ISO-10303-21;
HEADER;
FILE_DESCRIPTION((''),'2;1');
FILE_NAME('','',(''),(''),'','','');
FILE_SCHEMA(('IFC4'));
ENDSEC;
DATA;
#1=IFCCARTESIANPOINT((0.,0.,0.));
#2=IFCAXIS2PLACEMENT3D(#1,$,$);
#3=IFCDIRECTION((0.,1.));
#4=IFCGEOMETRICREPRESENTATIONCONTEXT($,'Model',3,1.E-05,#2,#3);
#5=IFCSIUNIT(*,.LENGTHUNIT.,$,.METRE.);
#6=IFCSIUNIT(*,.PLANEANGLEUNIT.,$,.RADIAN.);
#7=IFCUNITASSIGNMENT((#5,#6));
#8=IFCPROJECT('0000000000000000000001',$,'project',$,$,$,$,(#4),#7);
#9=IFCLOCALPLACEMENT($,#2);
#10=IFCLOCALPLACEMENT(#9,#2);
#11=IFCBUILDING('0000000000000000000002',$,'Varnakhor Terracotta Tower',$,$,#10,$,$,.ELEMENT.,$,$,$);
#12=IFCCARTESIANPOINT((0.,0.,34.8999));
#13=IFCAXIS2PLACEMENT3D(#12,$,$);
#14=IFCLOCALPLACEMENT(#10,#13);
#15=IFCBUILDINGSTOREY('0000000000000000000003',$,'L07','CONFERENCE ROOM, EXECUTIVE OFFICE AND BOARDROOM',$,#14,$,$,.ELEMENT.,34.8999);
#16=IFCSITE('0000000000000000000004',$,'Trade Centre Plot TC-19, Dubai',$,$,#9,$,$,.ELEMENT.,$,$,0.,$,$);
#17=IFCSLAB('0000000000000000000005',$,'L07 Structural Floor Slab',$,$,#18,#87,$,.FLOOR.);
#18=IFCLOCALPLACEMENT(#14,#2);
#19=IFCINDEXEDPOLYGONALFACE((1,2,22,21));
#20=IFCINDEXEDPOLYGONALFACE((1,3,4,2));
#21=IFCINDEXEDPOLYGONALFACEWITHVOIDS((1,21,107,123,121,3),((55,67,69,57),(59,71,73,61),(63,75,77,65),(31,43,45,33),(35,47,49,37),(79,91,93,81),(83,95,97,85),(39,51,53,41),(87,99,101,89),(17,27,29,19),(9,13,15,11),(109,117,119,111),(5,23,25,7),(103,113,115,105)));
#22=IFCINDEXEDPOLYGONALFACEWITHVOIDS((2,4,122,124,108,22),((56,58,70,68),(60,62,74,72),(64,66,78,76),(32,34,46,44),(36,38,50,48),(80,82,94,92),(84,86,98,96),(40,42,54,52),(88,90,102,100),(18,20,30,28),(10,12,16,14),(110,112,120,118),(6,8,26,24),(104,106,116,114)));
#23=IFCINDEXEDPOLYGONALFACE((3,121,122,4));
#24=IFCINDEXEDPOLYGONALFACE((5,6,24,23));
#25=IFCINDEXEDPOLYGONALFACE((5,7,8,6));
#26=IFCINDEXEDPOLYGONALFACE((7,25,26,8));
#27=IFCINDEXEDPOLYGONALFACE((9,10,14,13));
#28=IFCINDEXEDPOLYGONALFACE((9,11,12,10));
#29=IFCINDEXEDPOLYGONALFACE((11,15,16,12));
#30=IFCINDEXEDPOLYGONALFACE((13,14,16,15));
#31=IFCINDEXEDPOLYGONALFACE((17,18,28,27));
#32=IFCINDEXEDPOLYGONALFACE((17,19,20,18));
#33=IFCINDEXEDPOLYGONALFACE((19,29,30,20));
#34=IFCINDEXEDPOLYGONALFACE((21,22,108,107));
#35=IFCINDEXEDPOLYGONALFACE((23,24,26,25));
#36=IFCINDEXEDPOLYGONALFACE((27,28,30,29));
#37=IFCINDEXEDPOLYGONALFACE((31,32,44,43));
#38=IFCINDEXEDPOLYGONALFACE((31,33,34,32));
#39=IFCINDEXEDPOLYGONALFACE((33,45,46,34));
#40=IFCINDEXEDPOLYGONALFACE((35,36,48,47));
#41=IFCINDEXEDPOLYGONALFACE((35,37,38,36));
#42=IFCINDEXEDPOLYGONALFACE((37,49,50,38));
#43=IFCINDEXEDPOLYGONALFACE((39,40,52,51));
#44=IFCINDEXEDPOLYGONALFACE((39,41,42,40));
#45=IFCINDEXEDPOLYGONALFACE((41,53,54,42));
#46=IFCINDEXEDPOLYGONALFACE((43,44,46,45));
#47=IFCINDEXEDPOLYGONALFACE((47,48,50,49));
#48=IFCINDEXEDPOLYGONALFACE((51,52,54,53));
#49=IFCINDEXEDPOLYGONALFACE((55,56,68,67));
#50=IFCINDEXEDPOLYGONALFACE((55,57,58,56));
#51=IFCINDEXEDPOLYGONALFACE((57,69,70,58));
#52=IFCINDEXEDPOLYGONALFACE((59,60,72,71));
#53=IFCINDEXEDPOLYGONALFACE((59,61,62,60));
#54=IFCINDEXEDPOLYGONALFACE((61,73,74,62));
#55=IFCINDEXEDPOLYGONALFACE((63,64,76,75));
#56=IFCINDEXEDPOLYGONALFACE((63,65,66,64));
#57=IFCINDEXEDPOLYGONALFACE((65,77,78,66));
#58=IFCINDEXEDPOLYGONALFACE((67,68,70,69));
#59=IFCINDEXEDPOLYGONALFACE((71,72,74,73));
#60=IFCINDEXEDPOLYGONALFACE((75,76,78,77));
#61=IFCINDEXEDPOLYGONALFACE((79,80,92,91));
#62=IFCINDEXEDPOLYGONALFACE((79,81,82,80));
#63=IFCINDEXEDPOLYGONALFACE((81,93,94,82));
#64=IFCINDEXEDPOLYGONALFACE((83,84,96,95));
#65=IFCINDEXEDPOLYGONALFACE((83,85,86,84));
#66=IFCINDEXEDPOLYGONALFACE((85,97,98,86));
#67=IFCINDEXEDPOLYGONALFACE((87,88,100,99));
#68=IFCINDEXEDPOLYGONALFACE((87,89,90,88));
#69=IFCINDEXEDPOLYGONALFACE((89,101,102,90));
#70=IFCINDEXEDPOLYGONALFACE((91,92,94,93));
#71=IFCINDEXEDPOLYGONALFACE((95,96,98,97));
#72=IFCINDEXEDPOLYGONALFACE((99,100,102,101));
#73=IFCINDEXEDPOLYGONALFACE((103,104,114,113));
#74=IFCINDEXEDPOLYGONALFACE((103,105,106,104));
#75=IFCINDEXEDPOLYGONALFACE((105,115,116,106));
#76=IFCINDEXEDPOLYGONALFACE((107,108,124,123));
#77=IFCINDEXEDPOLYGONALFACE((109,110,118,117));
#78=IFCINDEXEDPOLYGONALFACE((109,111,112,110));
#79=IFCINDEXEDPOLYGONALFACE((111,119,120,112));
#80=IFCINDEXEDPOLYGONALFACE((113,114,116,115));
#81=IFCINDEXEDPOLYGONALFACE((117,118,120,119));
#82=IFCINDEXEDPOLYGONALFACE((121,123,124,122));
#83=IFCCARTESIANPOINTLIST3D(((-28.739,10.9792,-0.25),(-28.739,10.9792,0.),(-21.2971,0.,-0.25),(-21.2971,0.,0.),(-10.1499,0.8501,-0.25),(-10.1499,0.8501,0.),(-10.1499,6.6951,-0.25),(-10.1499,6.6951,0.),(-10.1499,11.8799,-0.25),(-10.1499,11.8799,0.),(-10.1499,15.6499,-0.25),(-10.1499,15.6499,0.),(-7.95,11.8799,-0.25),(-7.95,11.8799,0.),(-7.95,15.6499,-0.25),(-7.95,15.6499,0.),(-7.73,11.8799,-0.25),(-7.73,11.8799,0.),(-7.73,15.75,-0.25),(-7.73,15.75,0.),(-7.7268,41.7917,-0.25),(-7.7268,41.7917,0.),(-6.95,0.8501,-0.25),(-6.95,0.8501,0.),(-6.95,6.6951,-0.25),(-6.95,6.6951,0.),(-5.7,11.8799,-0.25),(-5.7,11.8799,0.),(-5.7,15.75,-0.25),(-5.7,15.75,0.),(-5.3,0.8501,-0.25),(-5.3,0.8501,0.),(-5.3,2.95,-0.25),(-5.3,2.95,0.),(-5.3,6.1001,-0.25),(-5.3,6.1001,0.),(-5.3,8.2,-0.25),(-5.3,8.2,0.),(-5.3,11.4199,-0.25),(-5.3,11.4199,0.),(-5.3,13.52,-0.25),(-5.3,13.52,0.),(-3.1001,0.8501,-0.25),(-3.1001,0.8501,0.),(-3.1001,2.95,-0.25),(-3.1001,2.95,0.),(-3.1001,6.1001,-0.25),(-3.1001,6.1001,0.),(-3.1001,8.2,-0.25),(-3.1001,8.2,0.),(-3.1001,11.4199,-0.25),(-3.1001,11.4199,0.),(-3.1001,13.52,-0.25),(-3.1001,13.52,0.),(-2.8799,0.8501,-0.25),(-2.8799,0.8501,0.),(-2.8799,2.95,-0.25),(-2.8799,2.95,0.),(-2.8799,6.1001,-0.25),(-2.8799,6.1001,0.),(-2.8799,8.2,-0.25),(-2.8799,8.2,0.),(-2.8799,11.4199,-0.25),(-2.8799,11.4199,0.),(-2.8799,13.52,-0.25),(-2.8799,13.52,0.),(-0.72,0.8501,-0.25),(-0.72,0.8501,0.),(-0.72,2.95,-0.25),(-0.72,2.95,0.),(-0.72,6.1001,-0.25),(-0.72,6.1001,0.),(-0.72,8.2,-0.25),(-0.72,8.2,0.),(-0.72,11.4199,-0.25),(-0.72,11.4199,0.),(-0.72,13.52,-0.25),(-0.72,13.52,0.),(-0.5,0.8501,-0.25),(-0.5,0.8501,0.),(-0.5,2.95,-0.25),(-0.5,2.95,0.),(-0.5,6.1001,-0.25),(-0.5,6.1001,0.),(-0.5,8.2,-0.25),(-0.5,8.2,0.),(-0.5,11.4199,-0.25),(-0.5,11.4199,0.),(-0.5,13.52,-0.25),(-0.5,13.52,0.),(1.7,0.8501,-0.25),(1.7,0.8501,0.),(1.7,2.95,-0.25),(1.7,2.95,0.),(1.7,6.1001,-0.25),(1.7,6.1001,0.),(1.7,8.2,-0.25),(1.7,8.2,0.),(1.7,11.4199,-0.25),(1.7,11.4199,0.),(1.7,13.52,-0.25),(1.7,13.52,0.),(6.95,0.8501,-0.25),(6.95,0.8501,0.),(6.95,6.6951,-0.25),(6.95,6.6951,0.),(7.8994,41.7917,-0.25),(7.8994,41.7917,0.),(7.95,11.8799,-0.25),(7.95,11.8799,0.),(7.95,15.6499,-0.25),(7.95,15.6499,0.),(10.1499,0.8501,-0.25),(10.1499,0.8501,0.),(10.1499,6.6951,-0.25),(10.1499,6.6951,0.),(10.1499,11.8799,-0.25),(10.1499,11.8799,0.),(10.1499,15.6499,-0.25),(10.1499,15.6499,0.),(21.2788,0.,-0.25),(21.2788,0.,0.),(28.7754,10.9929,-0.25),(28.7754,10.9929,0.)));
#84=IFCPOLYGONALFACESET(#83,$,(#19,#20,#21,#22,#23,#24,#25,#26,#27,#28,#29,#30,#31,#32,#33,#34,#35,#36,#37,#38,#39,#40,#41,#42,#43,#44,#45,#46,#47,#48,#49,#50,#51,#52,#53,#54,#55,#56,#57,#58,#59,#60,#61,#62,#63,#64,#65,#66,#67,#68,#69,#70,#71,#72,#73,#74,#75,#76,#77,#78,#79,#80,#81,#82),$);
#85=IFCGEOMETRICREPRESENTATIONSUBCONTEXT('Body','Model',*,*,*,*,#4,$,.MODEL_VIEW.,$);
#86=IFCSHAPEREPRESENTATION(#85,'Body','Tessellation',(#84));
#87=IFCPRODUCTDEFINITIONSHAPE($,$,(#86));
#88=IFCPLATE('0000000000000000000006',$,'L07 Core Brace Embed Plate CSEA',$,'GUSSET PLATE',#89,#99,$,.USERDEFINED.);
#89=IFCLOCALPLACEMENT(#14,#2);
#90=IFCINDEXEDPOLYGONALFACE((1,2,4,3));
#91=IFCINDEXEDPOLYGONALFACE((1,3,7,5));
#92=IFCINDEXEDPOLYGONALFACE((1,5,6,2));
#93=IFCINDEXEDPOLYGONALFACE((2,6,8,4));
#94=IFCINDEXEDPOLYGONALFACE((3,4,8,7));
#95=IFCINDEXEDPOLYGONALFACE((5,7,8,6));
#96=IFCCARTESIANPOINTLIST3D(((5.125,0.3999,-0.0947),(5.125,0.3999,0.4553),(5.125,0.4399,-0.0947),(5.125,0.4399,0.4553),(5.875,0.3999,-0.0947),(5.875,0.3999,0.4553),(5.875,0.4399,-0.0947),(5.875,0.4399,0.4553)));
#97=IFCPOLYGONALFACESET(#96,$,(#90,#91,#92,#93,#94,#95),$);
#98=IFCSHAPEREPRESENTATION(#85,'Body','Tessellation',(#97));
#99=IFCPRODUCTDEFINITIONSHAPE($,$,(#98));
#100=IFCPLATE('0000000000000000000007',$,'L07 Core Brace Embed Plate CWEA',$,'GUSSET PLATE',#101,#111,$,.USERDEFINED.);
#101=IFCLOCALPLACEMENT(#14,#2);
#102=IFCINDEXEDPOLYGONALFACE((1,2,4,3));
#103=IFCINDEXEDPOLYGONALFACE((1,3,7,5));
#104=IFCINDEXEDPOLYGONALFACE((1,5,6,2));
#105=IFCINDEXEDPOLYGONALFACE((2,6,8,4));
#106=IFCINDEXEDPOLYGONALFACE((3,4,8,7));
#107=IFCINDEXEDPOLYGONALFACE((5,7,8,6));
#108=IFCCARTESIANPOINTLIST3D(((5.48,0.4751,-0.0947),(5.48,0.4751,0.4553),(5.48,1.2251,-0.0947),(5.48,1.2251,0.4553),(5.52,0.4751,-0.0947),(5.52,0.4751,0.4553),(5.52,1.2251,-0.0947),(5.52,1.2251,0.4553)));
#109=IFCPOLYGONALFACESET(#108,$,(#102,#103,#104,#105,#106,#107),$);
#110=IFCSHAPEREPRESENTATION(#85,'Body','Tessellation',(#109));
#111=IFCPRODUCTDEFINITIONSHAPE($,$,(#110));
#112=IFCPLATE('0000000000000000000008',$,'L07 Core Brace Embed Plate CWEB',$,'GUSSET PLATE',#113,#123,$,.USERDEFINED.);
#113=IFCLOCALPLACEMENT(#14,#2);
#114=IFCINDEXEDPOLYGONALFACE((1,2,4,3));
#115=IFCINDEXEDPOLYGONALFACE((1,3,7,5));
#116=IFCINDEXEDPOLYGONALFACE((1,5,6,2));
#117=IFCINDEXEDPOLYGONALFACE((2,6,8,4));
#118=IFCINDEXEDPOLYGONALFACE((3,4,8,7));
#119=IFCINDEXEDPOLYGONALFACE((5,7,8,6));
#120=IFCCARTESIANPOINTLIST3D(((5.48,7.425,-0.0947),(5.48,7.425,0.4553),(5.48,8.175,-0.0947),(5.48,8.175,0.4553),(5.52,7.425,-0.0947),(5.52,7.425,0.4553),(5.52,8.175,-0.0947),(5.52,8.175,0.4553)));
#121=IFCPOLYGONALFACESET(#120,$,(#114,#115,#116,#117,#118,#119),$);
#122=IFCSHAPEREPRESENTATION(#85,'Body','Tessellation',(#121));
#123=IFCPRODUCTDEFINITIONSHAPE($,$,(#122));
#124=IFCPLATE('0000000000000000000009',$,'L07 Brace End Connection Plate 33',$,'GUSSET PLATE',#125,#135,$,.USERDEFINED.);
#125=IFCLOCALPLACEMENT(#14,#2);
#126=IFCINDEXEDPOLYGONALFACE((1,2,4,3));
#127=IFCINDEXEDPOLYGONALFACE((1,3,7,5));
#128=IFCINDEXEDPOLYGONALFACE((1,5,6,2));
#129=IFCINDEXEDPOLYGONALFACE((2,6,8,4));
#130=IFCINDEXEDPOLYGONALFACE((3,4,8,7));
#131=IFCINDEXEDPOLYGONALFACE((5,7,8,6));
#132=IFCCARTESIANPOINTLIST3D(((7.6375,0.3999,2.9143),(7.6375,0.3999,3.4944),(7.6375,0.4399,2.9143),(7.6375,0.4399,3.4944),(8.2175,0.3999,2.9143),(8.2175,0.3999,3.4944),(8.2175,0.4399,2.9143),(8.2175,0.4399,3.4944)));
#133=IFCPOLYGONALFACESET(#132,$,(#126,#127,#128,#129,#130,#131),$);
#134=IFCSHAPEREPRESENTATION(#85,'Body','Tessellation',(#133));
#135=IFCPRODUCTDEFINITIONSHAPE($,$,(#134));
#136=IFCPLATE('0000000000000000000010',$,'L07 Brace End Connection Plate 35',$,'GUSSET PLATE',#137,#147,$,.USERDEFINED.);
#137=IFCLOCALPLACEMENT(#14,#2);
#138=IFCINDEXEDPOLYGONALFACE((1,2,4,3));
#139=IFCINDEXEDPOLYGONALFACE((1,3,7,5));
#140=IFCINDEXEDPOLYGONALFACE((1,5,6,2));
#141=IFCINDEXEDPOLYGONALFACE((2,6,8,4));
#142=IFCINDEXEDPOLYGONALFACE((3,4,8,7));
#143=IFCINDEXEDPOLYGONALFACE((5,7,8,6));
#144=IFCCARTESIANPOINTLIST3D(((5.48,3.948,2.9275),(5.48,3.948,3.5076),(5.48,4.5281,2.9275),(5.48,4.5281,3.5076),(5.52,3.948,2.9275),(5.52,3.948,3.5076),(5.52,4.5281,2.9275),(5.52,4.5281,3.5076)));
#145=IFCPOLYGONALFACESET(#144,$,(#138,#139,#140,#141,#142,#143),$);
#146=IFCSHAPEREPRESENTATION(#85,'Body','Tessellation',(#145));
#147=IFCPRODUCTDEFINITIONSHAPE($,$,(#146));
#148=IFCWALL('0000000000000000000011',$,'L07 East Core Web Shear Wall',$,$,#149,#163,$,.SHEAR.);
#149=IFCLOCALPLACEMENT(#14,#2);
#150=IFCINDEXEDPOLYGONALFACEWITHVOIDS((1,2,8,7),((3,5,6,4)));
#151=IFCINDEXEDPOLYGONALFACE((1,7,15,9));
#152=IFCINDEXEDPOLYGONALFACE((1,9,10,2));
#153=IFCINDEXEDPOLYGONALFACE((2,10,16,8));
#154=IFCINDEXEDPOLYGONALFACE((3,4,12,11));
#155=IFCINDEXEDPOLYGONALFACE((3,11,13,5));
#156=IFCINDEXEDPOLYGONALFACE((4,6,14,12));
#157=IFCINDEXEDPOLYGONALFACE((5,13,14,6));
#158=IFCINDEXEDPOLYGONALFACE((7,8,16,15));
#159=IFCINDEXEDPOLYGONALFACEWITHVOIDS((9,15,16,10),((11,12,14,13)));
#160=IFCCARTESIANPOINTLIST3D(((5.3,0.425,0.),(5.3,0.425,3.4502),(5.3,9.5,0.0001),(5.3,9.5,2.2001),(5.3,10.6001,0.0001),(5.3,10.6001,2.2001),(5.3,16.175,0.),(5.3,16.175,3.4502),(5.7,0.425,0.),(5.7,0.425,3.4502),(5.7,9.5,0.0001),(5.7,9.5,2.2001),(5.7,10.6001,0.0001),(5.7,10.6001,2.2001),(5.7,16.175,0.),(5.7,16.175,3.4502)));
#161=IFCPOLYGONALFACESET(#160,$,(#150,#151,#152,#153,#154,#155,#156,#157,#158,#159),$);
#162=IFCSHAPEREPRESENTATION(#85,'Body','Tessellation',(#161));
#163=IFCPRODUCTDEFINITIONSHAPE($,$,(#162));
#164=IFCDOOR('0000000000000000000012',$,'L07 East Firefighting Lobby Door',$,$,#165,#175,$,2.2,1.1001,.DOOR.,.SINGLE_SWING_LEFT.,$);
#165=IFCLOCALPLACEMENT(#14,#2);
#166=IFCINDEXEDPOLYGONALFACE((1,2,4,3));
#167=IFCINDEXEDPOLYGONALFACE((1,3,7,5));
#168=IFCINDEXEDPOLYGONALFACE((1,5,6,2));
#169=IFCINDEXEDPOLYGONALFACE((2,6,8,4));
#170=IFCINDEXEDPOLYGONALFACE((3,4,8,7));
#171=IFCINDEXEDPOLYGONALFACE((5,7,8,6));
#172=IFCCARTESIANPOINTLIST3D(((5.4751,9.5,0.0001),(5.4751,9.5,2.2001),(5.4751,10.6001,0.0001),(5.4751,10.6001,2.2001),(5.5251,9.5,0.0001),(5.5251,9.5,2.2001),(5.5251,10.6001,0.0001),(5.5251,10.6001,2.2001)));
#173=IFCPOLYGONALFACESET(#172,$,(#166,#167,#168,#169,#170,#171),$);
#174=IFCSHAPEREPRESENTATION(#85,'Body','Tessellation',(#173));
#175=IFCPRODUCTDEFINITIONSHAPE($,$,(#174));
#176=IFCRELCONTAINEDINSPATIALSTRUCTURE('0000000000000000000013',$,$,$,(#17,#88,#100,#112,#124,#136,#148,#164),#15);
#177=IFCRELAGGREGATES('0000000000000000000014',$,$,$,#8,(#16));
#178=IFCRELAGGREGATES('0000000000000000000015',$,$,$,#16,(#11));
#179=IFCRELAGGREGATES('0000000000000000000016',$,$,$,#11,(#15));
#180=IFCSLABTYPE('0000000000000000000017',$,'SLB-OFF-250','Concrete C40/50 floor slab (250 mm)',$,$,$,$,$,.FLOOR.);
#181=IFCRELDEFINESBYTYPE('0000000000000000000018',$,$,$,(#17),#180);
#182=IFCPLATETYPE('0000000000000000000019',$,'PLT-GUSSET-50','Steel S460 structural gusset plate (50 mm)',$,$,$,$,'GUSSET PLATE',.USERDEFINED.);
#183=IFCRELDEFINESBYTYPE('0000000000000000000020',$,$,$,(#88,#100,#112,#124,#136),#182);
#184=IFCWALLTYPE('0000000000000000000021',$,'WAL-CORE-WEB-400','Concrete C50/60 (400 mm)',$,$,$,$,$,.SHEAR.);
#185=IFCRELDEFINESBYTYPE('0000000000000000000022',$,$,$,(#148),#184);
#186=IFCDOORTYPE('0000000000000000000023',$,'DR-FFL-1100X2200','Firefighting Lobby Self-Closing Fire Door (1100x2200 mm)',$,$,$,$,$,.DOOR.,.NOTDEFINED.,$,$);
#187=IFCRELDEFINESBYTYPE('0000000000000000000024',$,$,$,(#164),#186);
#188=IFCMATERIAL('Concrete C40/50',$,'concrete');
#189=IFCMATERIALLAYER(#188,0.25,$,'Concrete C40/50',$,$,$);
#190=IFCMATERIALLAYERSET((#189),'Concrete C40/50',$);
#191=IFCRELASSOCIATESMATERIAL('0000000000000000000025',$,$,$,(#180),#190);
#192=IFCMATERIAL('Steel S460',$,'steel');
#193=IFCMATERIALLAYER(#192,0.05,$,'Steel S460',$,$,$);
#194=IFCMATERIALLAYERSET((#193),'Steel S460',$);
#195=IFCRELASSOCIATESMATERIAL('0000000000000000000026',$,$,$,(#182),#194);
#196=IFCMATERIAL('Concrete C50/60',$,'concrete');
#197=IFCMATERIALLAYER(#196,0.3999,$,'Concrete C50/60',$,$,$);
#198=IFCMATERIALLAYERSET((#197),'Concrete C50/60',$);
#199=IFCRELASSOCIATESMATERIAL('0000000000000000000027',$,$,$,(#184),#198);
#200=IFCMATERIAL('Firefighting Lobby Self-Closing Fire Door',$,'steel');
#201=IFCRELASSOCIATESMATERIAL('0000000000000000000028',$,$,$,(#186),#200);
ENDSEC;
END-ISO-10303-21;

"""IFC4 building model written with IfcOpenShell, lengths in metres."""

from ifc_helpers import new_model, si_unit, direction, frame, frame_2d, origin, origin_2d, place, context, subcontext, project, spatial, polyline, rectangle, outline, extrude, source, transform, mapped, material, layer, layer_set, type_object, type_shapes, element, fill, save


model = new_model("IFC4")

# Units and contexts
model_context = context("Model", 3, precision=1e-05, world=origin(), true_north=direction((0.0, 1.0)))
body_context = subcontext(model_context, "Body", "Model", "MODEL_VIEW")
ifc_project = project(units=[si_unit("LENGTHUNIT", "METRE"), si_unit("PLANEANGLEUNIT", "RADIAN")], contexts=[model_context])

# Site, building, storey
site_placement = place(None, origin())
site = spatial("IfcSite", under=ifc_project, at=site_placement, Name="Trade Centre Plot TC-19, Dubai", CompositionType="ELEMENT", RefElevation=0.0)
building_placement = place(site_placement, origin())
building = spatial("IfcBuilding", under=site, at=building_placement, Name="Varnakhor Terracotta Tower", CompositionType="ELEMENT")
storey_placement = place(building_placement, frame((0.0, 0.0, 34.8999)))
storey = spatial("IfcBuildingStorey", under=building, at=storey_placement, Name="L07", Description="CONFERENCE ROOM, EXECUTIVE OFFICE AND BOARDROOM", CompositionType="ELEMENT", Elevation=34.8999)

# Shared definitions
ifc_material_1 = material(Name="Concrete C50/60", Category="concrete")

# Shared definitions
ifc_material_2 = material(Name="Steel S460", Category="steel")

# Shared definitions
ifc_material_3 = material(Name="Concrete C40/50", Category="concrete")

# Slab
ifc_layer_1 = layer(ifc_material_3, 0.25, Name="Concrete C40/50")
ifc_layer_set_1 = layer_set([ifc_layer_1], Name="Concrete C40/50")
slab_type_1 = type_object("IfcSlabType", Name="SLB-OFF-250", Description="Concrete C40/50 floor slab (250 mm)", PredefinedType="FLOOR", material=ifc_layer_set_1)
slab_1_placement = place(storey_placement, frame((0.0, 0.0, -0.25)))
element("IfcSlab", 1, at=slab_1_placement, inside=storey, type_object=slab_type_1, Name="L07 Structural Floor Slab", PredefinedType="FLOOR", context=body_context, shape_type="SweptSolid", body=[
    extrude(outline(polyline([(-28.739, 10.9792), (-7.7268, 41.7917), (7.8994, 41.7917), (28.7754, 10.9929), (21.2788, 0.0), (-21.2971, 0.0), (-28.739, 10.9792)]), holes=[polyline([(-3.1001, 0.8501), (-3.1001, 2.95), (-5.3, 2.95), (-5.3, 0.8501), (-3.1001, 0.8501)]), polyline([(-2.8799, 0.8501), (-0.72, 0.8501), (-0.72, 2.95), (-2.8799, 2.95), (-2.8799, 0.8501)]), polyline([(-10.1499, 0.8501), (-6.95, 0.8501), (-6.95, 6.6951), (-10.1499, 6.6951), (-10.1499, 0.8501)]), polyline([(-5.3, 6.1001), (-3.1001, 6.1001), (-3.1001, 8.2), (-5.3, 8.2), (-5.3, 6.1001)]), polyline([(-5.3, 11.4199), (-3.1001, 11.4199), (-3.1001, 13.52), (-5.3, 13.52), (-5.3, 11.4199)]), polyline([(-10.1499, 11.8799), (-7.95, 11.8799), (-7.95, 15.6499), (-10.1499, 15.6499), (-10.1499, 11.8799)]), polyline([(-7.73, 11.8799), (-5.7, 11.8799), (-5.7, 15.75), (-7.73, 15.75), (-7.73, 11.8799)]), polyline([(1.7, 0.8501), (1.7, 2.95), (-0.5, 2.95), (-0.5, 0.8501), (1.7, 0.8501)]), polyline([(6.95, 0.8501), (10.1499, 0.8501), (10.1499, 6.6951), (6.95, 6.6951), (6.95, 0.8501)]), polyline([(-2.8799, 6.1001), (-0.72, 6.1001), (-0.72, 8.2), (-2.8799, 8.2), (-2.8799, 6.1001)]), polyline([(-0.5, 6.1001), (1.7, 6.1001), (1.7, 8.2), (-0.5, 8.2), (-0.5, 6.1001)]), polyline([(-2.8799, 11.4199), (-0.72, 11.4199), (-0.72, 13.52), (-2.8799, 13.52), (-2.8799, 11.4199)]), polyline([(-0.5, 11.4199), (1.7, 11.4199), (1.7, 13.52), (-0.5, 13.52), (-0.5, 11.4199)]), polyline([(7.95, 11.8799), (10.1499, 11.8799), (10.1499, 15.6499), (7.95, 15.6499), (7.95, 11.8799)])]), origin(), (0.0, 0.0, 1.0), 0.25),
])

# Plates
ifc_layer_2 = layer(ifc_material_2, 0.05, Name="Steel S460")
ifc_layer_set_2 = layer_set([ifc_layer_2], Name="Steel S460")
plate_type = type_object("IfcPlateType", Name="PLT-GUSSET-50", Description="Steel S460 structural gusset plate (50 mm)", ElementType="GUSSET PLATE", PredefinedType="USERDEFINED", material=ifc_layer_set_2)
shared_shape_1 = source(origin(), body_context, "Body", "SweptSolid", [
    extrude(rectangle(XDim=0.75, YDim=0.04, at=origin_2d()), origin(), (0.0, 0.0, 1.0), 0.55),
])
type_shapes(plate_type, [shared_shape_1])
for number, where, z_axis, x_axis, name in (
    (2, (5.5, 0.4199, -0.0947), (0.0, 0.0, 1.0), (1.0, 0.0, 0.0), "L07 Core Brace Embed Plate CSEA"),
    (3, (5.5, 0.8501, -0.0947), (0.0, 0.0, 1.0), (0.0, 1.0, 0.0), "L07 Core Brace Embed Plate CWEA"),
    (4, (5.5, 7.8, -0.0947), (0.0, 0.0, 1.0), (0.0, 1.0, 0.0), "L07 Core Brace Embed Plate CWEB"),
):
    element("IfcPlate", number, at=place(storey_placement, frame(where, z_axis=z_axis, x_axis=x_axis)), inside=storey, type_object=plate_type, Name=name, ObjectType="GUSSET PLATE", PredefinedType="USERDEFINED", context=body_context, shape_type="MappedRepresentation", body=[
        mapped(shared_shape_1, transform((0.0, 0.0, 0.0), scale=1.0)),
    ])
shared_shape_2 = source(origin(), body_context, "Body", "SweptSolid", [
    extrude(rectangle(XDim=0.5801, YDim=0.04, at=origin_2d()), origin(), (0.0, 0.0, 1.0), 0.5801),
])
for number, where, z_axis, x_axis, name in (
    (5, (7.9275, 0.4199, 2.9143), (0.0, 0.0, 1.0), (1.0, 0.0, 0.0), "L07 Brace End Connection Plate 33"),
    (6, (5.5, 4.238, 2.9275), (0.0, 0.0, 1.0), (0.0, 1.0, 0.0), "L07 Brace End Connection Plate 35"),
):
    element("IfcPlate", number, at=place(storey_placement, frame(where, z_axis=z_axis, x_axis=x_axis)), inside=storey, type_object=plate_type, Name=name, ObjectType="GUSSET PLATE", PredefinedType="USERDEFINED", context=body_context, shape_type="MappedRepresentation", body=[
        mapped(shared_shape_2, transform((0.0, 0.0, 0.0), scale=1.0)),
    ])

# Wall, opening, door
ifc_layer_3 = layer(ifc_material_1, 0.3999, Name="Concrete C50/60")
ifc_layer_set_3 = layer_set([ifc_layer_3], Name="Concrete C50/60")
wall_type_1 = type_object("IfcWallType", Name="WAL-CORE-WEB-400", Description="Concrete C50/60 (400 mm)", PredefinedType="SHEAR", material=ifc_layer_set_3)
wall_1_placement = place(storey_placement, frame((5.5, 0.425, 0.0), z_axis=(0.0, 0.0, 1.0), x_axis=(0.0, 1.0, 0.0)))
wall_1 = element("IfcWall", 7, at=wall_1_placement, inside=storey, type_object=wall_type_1, Name="L07 East Core Web Shear Wall", PredefinedType="SHEAR", context=body_context, shape_type="SweptSolid", body=[
    extrude(rectangle(XDim=15.75, YDim=0.3999, at=frame_2d((7.875, 0.0))), origin(), (0.0, 0.0, 1.0), 3.4502),
])
opening_1_placement = place(wall_1_placement, frame((9.075, 0.0, 0.0)))
opening_1 = element("IfcOpeningElement", 8, at=opening_1_placement, cuts=wall_1, PredefinedType="OPENING", context=body_context, shape_type="SweptSolid", body=[
    extrude(rectangle(XDim=1.1001, YDim=2.2, at=frame_2d((0.55, 1.1001))), frame((0.0, 0.21, 0.0), z_axis=(0.0, -1.0, 0.0), x_axis=(1.0, 0.0, 0.0)), (0.0, 0.0, 1.0), 0.4199),
])
ifc_material_4 = material(Name="Firefighting Lobby Self-Closing Fire Door", Category="steel")
door_type_1 = type_object("IfcDoorType", Name="DR-FFL-1100X2200", Description="Firefighting Lobby Self-Closing Fire Door (1100x2200 mm)", OperationType="NOTDEFINED", PredefinedType="DOOR", material=ifc_material_4)
shared_shape_3 = source(origin(), body_context, "Body", "SweptSolid", [
    extrude(rectangle(XDim=1.1001, YDim=2.2, at=frame_2d((0.55, 1.1001))), frame((0.0, 0.0249, 0.0), z_axis=(0.0, -1.0, 0.0), x_axis=(1.0, 0.0, 0.0)), (0.0, 0.0, 1.0), 0.05),
])
type_shapes(door_type_1, [shared_shape_3])
door_1_placement = place(opening_1_placement, origin())
door_1 = element("IfcDoor", 9, at=door_1_placement, inside=storey, type_object=door_type_1, Name="L07 East Firefighting Lobby Door", OperationType="SINGLE_SWING_LEFT", OverallHeight=2.2, OverallWidth=1.1001, PredefinedType="DOOR", context=body_context, shape_type="MappedRepresentation", body=[
    mapped(shared_shape_3, transform((0.0, 0.0, 0.0), scale=1.0)),
])
fill(opening_1, door_1)

save(model, "model.ifc")
